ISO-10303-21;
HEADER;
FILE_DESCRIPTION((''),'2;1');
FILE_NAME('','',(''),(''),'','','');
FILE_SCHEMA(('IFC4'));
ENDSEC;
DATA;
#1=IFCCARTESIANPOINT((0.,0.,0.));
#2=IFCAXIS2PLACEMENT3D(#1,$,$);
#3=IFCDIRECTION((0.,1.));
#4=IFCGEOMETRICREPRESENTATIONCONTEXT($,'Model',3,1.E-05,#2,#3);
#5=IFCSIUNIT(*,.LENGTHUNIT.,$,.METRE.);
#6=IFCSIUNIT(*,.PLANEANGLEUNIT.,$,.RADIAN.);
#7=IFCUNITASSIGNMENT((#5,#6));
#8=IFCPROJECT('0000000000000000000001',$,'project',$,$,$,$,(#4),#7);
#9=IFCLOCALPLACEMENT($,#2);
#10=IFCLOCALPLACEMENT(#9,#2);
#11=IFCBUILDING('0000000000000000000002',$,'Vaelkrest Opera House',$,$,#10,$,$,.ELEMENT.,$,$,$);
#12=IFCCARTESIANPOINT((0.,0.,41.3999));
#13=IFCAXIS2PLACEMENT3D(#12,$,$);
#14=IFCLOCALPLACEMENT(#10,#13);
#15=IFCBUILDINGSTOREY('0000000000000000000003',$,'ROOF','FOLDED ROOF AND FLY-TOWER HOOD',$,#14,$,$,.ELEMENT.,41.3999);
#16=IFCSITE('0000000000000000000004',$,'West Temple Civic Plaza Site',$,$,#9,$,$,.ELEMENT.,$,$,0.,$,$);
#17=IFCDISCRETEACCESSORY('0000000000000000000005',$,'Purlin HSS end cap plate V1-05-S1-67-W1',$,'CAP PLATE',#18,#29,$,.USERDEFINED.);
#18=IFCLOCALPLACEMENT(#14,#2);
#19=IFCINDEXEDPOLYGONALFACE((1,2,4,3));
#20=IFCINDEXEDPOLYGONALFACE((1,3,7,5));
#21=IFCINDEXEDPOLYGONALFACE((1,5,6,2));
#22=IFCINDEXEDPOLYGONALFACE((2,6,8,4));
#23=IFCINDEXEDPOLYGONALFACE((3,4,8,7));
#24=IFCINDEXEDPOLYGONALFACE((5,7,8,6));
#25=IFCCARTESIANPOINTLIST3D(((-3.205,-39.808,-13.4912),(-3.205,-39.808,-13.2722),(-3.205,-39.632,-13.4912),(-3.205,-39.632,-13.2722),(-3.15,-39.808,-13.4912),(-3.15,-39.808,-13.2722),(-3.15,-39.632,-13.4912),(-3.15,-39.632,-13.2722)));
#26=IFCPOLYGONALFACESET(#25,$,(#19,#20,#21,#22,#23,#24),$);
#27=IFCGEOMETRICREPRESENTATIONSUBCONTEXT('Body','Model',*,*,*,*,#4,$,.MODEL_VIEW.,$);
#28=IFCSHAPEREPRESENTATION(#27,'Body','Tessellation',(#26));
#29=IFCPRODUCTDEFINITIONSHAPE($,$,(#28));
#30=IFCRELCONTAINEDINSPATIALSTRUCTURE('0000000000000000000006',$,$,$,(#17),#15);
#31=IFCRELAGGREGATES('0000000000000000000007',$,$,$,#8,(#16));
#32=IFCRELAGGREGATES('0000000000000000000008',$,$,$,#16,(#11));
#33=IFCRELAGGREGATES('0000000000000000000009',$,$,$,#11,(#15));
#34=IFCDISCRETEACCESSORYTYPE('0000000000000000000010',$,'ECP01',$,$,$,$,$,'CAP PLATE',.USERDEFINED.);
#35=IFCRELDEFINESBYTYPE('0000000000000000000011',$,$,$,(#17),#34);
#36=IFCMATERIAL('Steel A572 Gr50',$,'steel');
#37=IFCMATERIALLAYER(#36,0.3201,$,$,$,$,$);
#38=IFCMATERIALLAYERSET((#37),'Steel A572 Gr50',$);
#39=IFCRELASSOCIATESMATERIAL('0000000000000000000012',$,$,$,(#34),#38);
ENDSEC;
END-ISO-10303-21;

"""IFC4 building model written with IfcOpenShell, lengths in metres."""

from ifc_helpers import new_model, si_unit, direction, frame, origin, origin_2d, place, context, subcontext, project, spatial, rectangle, extrude, material, layer, layer_set, type_object, element, save


model = new_model("IFC4")

# Units and contexts
model_context = context("Model", 3, precision=1e-05, world=origin(), true_north=direction((0.0, 1.0)))
body_context = subcontext(model_context, "Body", "Model", "MODEL_VIEW")
ifc_project = project(units=[si_unit("LENGTHUNIT", "METRE"), si_unit("PLANEANGLEUNIT", "RADIAN")], contexts=[model_context])

# Site, building, storey
site_placement = place(None, origin())
site = spatial("IfcSite", under=ifc_project, at=site_placement, Name="West Temple Civic Plaza Site", CompositionType="ELEMENT", RefElevation=0.0)
building_placement = place(site_placement, origin())
building = spatial("IfcBuilding", under=site, at=building_placement, Name="Vaelkrest Opera House", CompositionType="ELEMENT")
storey_placement = place(building_placement, frame((0.0, 0.0, 41.3999)))
storey = spatial("IfcBuildingStorey", under=building, at=storey_placement, Name="ROOF", Description="FOLDED ROOF AND FLY-TOWER HOOD", CompositionType="ELEMENT", Elevation=41.3999)

# Shared definitions
ifc_material_1 = material(Name="Steel A572 Gr50", Category="steel")

# Discrete accessory
ifc_layer_1 = layer(ifc_material_1, 0.3201)
ifc_layer_set_1 = layer_set([ifc_layer_1], Name="Steel A572 Gr50")
discrete_accessory_type = type_object("IfcDiscreteAccessoryType", Name="ECP01", ElementType="CAP PLATE", PredefinedType="USERDEFINED", material=ifc_layer_set_1)
for number, where, z_axis, x_axis, name in (
    (1, (-3.1775, -39.72, -13.4912), (0.0, 0.0, 1.0), (1.0, 0.0, 0.0), "Purlin HSS end cap plate V1-05-S1-67-W1"),
):
    element("IfcDiscreteAccessory", number, at=place(storey_placement, frame(where, z_axis=z_axis, x_axis=x_axis)), inside=storey, type_object=discrete_accessory_type, Name=name, ObjectType="CAP PLATE", PredefinedType="USERDEFINED", context=body_context, shape_type="SweptSolid", body=[
        extrude(rectangle(XDim=0.0549, YDim=0.176, at=origin_2d()), origin(), (0.0, 0.0, 1.0), 0.219),
    ])

save(model, "model.ifc")
